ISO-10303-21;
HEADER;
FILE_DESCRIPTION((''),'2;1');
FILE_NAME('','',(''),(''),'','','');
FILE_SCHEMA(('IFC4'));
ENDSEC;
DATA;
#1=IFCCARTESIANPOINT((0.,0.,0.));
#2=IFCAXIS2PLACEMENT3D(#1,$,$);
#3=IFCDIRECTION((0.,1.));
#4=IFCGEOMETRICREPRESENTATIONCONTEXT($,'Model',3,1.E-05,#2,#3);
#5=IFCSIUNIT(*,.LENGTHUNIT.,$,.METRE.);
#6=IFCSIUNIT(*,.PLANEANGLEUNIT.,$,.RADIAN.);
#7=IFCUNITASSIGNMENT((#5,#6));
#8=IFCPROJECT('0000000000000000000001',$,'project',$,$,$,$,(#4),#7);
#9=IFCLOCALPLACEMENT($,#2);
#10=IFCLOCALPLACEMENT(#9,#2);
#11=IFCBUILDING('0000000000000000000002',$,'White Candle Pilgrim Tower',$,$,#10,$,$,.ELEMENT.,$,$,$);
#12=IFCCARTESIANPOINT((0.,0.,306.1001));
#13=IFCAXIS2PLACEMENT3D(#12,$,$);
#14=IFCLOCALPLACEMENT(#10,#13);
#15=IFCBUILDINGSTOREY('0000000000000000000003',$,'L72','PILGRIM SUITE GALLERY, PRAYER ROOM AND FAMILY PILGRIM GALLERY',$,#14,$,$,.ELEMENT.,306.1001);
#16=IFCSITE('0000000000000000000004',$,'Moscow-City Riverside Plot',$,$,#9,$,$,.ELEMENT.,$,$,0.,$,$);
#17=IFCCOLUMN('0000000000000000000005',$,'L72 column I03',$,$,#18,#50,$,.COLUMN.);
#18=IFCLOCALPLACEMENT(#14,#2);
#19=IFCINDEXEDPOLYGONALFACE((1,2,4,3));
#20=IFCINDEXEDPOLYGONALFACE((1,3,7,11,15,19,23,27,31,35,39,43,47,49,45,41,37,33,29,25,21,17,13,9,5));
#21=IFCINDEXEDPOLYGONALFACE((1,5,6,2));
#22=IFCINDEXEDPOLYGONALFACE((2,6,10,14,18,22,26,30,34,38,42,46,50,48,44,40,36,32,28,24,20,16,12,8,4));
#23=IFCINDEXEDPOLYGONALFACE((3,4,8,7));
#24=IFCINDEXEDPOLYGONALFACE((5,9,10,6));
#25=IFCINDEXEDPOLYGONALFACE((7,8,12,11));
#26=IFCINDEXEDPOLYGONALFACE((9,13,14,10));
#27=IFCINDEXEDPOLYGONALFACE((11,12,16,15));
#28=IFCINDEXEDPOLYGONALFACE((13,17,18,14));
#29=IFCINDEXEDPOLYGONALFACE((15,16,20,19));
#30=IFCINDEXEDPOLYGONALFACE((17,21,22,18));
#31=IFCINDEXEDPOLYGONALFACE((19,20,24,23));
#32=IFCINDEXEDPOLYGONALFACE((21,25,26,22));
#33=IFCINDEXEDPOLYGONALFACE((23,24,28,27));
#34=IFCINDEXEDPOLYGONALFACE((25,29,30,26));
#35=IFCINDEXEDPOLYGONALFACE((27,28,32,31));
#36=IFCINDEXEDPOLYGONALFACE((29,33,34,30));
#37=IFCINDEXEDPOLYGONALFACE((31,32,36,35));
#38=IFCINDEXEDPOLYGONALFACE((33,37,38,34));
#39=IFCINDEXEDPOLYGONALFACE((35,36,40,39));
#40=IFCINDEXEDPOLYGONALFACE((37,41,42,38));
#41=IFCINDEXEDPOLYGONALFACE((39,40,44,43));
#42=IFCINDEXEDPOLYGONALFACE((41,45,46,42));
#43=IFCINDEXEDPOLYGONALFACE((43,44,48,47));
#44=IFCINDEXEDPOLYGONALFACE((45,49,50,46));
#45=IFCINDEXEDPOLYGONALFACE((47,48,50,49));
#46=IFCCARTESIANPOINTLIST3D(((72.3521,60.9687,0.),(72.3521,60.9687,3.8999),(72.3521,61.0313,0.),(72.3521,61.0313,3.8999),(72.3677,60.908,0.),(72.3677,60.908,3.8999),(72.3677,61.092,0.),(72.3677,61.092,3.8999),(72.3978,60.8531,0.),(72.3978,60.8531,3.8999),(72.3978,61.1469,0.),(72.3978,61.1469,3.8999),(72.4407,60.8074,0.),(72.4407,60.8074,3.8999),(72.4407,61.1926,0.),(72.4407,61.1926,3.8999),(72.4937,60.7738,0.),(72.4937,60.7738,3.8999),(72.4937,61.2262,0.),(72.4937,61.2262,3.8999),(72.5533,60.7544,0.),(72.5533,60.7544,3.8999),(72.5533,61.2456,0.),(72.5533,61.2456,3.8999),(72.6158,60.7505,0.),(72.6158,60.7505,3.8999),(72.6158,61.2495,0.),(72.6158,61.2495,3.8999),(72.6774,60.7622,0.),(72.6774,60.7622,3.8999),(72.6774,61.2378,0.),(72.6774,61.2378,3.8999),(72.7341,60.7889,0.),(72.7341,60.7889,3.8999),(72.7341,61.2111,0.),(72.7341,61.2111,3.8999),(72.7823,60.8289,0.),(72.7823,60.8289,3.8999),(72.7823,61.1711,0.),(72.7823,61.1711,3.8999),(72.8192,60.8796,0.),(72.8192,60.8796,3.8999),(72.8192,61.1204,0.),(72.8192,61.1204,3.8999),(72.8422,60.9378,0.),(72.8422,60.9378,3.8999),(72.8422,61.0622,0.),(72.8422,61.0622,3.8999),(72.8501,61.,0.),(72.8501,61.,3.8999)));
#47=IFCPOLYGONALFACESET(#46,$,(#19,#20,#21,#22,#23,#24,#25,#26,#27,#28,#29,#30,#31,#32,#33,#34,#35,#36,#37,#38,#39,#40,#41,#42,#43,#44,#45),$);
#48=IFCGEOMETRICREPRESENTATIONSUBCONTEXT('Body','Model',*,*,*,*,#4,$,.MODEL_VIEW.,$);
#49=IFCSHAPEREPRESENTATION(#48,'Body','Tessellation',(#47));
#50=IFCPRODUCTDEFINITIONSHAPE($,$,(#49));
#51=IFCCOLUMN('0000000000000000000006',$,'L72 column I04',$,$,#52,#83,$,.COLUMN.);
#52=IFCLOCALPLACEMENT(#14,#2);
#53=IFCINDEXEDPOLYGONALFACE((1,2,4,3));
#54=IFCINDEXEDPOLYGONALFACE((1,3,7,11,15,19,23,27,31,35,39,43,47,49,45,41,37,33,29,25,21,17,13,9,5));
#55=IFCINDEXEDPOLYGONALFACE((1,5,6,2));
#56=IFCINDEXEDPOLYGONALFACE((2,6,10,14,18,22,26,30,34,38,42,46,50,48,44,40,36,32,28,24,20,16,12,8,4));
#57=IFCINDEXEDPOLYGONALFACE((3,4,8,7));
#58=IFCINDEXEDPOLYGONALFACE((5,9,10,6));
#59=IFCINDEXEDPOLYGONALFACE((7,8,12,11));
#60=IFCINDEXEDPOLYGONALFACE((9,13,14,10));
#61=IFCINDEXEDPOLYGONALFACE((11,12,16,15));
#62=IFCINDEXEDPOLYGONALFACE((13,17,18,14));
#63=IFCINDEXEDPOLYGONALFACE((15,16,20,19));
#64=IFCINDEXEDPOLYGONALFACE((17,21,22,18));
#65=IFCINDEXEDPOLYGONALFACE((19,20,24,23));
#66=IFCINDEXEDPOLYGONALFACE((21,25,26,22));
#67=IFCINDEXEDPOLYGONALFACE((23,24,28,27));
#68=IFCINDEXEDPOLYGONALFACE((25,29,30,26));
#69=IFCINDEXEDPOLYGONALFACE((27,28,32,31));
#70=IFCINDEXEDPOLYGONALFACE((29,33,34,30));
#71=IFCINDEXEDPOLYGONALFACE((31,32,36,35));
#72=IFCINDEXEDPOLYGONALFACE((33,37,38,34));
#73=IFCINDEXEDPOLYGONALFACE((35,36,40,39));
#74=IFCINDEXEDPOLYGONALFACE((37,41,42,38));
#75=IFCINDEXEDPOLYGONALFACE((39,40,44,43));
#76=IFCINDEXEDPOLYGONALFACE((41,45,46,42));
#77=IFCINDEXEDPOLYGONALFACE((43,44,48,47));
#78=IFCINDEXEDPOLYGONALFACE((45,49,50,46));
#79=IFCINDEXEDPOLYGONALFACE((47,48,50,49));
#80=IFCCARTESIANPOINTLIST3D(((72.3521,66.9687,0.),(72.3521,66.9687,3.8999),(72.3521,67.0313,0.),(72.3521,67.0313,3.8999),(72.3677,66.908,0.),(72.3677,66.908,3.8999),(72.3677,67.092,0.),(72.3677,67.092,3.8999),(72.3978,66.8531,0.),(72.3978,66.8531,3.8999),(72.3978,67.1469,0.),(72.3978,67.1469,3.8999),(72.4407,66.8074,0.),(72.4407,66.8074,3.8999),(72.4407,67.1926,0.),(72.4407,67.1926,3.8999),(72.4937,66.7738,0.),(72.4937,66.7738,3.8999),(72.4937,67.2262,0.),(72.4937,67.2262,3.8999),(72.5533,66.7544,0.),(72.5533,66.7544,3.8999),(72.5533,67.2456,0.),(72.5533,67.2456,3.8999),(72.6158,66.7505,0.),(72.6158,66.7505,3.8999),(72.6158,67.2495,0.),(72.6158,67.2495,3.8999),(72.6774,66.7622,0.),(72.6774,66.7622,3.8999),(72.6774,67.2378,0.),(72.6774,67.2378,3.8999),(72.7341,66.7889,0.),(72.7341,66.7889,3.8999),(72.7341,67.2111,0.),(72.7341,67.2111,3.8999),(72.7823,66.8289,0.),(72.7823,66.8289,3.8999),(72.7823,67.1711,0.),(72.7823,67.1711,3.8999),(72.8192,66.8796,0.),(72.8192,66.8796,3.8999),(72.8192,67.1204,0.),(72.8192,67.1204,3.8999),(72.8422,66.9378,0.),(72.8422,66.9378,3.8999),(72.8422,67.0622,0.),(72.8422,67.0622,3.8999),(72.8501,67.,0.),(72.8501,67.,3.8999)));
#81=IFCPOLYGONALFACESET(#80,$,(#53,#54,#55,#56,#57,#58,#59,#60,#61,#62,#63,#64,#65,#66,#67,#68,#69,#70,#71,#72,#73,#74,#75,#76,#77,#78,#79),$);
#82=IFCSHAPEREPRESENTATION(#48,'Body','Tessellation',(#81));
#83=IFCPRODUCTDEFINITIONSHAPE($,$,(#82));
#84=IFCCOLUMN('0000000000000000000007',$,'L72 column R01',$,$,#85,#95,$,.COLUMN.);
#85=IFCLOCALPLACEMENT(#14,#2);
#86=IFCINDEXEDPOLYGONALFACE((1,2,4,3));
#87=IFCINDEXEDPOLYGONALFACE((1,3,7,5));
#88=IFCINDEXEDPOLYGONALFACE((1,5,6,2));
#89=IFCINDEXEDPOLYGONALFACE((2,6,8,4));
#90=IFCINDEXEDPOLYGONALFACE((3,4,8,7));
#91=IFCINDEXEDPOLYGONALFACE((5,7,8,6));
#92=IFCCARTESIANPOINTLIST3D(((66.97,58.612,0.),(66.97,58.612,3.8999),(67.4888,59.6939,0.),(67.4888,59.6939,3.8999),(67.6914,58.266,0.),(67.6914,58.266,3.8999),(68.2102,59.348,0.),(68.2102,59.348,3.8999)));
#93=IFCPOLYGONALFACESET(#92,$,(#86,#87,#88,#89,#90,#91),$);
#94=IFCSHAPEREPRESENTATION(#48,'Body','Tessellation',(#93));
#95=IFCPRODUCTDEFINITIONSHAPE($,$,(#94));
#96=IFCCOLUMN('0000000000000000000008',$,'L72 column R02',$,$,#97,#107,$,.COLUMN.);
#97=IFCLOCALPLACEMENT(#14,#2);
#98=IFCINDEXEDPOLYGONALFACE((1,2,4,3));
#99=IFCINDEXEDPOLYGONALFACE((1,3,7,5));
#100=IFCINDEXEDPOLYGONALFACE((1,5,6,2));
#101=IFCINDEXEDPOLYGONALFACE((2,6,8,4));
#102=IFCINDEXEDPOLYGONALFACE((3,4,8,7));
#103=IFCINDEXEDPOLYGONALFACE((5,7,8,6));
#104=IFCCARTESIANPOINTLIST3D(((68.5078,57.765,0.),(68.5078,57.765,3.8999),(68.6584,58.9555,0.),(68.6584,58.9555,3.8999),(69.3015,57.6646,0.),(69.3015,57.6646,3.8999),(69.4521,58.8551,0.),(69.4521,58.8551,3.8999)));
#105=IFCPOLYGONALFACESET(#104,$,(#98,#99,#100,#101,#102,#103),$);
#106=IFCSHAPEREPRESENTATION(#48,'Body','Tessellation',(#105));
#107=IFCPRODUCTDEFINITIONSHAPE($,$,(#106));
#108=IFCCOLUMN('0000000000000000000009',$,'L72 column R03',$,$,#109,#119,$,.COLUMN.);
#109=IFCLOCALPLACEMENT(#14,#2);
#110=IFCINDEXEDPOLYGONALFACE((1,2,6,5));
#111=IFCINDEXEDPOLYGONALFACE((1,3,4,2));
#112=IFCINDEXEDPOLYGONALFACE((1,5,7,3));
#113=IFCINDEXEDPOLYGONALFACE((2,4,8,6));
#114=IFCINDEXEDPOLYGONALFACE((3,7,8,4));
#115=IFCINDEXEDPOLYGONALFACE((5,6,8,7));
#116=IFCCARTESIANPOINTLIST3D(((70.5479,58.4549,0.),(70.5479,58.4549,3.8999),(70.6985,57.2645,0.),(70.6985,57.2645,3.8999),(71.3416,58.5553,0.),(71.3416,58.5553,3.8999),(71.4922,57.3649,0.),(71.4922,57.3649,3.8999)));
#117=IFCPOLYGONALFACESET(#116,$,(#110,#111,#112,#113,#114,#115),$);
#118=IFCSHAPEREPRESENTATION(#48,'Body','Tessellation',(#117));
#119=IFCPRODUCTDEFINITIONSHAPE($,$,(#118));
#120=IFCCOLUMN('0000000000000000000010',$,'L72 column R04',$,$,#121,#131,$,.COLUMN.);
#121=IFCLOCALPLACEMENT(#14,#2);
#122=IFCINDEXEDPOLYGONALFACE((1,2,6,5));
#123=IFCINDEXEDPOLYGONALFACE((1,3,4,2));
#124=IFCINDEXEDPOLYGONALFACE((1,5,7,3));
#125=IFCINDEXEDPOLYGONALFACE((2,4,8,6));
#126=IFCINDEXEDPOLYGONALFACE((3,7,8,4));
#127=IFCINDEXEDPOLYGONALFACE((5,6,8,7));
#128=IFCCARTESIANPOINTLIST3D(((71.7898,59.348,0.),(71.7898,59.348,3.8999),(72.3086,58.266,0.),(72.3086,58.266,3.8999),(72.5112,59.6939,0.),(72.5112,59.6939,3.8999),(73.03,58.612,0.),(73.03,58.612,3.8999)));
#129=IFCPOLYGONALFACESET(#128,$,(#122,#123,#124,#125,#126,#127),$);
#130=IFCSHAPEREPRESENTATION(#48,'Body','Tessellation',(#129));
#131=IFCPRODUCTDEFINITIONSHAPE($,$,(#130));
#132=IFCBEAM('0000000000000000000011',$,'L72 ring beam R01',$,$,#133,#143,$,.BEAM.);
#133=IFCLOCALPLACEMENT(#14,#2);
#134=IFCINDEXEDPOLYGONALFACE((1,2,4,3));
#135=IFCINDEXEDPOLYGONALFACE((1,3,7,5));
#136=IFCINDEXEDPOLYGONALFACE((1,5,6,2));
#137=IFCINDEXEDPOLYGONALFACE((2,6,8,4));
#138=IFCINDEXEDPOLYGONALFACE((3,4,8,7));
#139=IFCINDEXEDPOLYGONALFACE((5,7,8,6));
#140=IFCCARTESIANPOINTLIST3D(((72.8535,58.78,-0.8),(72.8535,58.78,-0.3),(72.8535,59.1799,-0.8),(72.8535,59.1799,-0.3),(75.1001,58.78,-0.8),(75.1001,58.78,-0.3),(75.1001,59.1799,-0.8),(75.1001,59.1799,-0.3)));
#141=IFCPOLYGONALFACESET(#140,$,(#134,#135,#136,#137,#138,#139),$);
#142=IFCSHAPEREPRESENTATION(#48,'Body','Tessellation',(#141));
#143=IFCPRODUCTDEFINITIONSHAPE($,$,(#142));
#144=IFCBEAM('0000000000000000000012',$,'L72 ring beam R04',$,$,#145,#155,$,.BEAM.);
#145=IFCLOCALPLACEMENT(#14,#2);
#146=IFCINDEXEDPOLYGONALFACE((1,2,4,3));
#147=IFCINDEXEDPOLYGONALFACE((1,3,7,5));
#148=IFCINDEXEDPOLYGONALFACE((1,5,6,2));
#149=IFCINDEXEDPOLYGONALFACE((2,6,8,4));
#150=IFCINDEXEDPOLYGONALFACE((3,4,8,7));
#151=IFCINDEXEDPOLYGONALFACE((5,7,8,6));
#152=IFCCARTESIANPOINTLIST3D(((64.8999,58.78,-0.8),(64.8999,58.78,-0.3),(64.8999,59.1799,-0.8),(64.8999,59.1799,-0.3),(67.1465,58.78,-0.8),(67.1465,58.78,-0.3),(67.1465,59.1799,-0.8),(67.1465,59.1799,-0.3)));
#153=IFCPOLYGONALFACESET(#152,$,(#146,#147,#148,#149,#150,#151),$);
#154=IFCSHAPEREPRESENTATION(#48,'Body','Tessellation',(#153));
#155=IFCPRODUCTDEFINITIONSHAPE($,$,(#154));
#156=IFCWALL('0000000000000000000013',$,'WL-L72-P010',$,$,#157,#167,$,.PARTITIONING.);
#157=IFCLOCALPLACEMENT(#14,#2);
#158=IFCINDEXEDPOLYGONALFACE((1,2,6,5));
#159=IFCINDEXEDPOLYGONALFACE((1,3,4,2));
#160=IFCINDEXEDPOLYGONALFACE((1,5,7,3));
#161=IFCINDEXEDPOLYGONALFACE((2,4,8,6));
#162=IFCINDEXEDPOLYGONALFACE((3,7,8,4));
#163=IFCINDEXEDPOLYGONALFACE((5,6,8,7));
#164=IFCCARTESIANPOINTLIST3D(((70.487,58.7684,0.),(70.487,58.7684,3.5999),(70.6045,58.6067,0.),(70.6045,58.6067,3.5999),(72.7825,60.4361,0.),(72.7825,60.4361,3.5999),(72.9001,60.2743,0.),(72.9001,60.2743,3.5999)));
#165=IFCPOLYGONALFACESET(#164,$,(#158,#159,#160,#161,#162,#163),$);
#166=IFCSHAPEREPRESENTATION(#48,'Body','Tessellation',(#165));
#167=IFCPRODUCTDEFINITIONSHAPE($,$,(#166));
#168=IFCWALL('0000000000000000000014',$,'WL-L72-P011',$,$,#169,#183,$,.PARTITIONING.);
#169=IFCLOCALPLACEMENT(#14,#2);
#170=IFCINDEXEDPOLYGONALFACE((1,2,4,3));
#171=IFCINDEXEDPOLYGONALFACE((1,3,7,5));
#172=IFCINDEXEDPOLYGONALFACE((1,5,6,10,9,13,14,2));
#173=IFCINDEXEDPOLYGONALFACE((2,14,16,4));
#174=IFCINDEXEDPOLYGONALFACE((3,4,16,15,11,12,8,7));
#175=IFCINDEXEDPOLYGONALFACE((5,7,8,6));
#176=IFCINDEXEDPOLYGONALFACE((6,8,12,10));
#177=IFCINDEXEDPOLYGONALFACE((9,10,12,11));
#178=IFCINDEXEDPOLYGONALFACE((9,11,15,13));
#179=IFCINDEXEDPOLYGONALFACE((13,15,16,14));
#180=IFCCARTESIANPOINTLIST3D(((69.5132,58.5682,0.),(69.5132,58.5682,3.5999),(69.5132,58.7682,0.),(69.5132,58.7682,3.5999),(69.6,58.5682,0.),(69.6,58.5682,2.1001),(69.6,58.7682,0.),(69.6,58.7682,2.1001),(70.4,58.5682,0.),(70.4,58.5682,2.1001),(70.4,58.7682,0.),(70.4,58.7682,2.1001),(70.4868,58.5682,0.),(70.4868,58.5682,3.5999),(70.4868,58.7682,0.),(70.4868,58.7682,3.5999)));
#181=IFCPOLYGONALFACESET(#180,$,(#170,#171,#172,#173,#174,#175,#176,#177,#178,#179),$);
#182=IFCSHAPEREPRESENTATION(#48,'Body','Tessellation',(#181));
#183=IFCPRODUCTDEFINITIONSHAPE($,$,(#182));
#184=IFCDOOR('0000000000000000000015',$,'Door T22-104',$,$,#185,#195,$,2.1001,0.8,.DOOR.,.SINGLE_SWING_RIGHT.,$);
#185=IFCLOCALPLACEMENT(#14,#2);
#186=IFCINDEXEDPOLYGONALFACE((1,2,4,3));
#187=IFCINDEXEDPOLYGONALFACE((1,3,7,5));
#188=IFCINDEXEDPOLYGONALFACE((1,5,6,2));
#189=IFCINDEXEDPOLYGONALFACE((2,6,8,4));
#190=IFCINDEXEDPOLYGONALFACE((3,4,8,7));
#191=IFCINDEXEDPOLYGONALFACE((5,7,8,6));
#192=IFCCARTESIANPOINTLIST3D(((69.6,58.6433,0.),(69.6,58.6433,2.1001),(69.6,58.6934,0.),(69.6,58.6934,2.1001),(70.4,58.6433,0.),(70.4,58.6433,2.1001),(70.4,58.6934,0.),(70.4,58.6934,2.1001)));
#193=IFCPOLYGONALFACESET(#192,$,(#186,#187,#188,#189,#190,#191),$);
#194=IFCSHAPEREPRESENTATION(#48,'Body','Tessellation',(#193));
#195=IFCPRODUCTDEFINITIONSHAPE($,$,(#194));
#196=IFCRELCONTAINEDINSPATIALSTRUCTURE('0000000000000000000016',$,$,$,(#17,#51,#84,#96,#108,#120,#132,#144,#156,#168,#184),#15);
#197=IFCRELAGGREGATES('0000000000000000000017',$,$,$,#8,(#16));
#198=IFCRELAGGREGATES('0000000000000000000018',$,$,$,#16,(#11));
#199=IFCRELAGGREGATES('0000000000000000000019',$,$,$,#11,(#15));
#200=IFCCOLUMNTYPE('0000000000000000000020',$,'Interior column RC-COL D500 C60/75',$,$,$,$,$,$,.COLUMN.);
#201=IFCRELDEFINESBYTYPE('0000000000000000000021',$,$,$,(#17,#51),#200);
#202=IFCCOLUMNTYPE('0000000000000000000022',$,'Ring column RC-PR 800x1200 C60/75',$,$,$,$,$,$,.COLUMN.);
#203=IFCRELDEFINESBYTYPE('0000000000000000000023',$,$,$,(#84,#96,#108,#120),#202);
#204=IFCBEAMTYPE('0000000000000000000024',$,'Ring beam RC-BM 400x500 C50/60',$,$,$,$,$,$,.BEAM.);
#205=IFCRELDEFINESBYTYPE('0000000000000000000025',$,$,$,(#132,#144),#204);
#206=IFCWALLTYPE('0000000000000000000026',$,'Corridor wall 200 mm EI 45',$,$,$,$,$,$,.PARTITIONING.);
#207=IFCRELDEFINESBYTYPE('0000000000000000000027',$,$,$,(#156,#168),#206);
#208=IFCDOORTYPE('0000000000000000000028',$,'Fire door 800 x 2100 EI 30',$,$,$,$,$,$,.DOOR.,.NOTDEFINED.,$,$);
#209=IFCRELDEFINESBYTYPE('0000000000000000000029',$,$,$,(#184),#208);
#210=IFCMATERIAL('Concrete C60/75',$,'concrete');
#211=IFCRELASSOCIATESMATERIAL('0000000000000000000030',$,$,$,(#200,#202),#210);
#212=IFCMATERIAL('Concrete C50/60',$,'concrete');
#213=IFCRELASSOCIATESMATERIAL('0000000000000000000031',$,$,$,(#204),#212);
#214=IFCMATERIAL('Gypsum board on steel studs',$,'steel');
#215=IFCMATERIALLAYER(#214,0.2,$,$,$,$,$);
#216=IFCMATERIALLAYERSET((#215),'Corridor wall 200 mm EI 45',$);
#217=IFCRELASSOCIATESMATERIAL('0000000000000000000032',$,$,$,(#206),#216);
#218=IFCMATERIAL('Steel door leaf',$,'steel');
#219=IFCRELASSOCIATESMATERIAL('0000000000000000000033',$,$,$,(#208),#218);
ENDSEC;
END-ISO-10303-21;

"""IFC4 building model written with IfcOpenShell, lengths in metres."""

from ifc_helpers import new_model, si_unit, direction, frame, frame_2d, origin, origin_2d, place, context, subcontext, project, spatial, rectangle, circle, extrude, material, layer, layer_set, material_profile, profile_set, type_object, element, fill, save


model = new_model("IFC4")

# Units and contexts
model_context = context("Model", 3, precision=1e-05, world=origin(), true_north=direction((0.0, 1.0)))
body_context = subcontext(model_context, "Body", "Model", "MODEL_VIEW")
ifc_project = project(units=[si_unit("LENGTHUNIT", "METRE"), si_unit("PLANEANGLEUNIT", "RADIAN")], contexts=[model_context])

# Site, building, storey
site_placement = place(None, origin())
site = spatial("IfcSite", under=ifc_project, at=site_placement, Name="Moscow-City Riverside Plot", CompositionType="ELEMENT", RefElevation=0.0)
building_placement = place(site_placement, origin())
building = spatial("IfcBuilding", under=site, at=building_placement, Name="White Candle Pilgrim Tower", CompositionType="ELEMENT")
storey_placement = place(building_placement, frame((0.0, 0.0, 306.1001)))
storey = spatial("IfcBuildingStorey", under=building, at=storey_placement, Name="L72", Description="PILGRIM SUITE GALLERY, PRAYER ROOM AND FAMILY PILGRIM GALLERY", CompositionType="ELEMENT", Elevation=306.1001)

# Columns
ifc_material_1 = material(Name="Concrete C60/75", Category="concrete")
ifc_material_profile_1 = material_profile(ifc_material_1, circle(Radius=0.25, at=origin_2d()), Name="RC-COL D500")
ifc_profile_set_1 = profile_set([ifc_material_profile_1], Name="Concrete C60/75")
column_type_1 = type_object("IfcColumnType", Name="Interior column RC-COL D500 C60/75", PredefinedType="COLUMN", material=ifc_profile_set_1)
for number, where, z_axis, x_axis, name in (
    (1, (72.6001, 61.0, 0.0), (0.0, 0.0, 1.0), (1.0, 0.0, 0.0), "L72 column I03"),
    (2, (72.6001, 67.0, 0.0), (0.0, 0.0, 1.0), (1.0, 0.0, 0.0), "L72 column I04"),
):
    element("IfcColumn", number, at=place(storey_placement, frame(where, z_axis=z_axis, x_axis=x_axis)), inside=storey, type_object=column_type_1, Name=name, PredefinedType="COLUMN", context=body_context, shape_type="SweptSolid", body=[
        extrude(circle(Radius=0.25, at=origin_2d()), origin(), (0.0, 0.0, 1.0), 3.8999),
    ])
ifc_material_profile_2 = material_profile(ifc_material_1, rectangle(XDim=0.8, YDim=1.2, at=origin_2d()), Name="RC-PR 800x1200")
ifc_profile_set_2 = profile_set([ifc_material_profile_2], Name="Concrete C60/75")
column_type_2 = type_object("IfcColumnType", Name="Ring column RC-PR 800x1200 C60/75", PredefinedType="COLUMN", material=ifc_profile_set_2)
for number, where, z_axis, x_axis, name in (
    (3, (67.5901, 58.98, 0.0), (0.0, 0.0, 1.0), (-0.901689, 0.432385, 0.0), "L72 column R01"),
    (4, (68.98, 58.3101, 0.0), (0.0, 0.0, 1.0), (-0.992093, 0.125506, 0.0), "L72 column R02"),
    (5, (71.02, 57.9099, 0.0), (0.0, 0.0, 1.0), (-0.992093, -0.125506, 0.0), "L72 column R03"),
    (6, (72.4099, 58.98, 0.0), (0.0, 0.0, 1.0), (-0.901689, -0.432385, 0.0), "L72 column R04"),
):
    element("IfcColumn", number, at=place(storey_placement, frame(where, z_axis=z_axis, x_axis=x_axis)), inside=storey, type_object=column_type_2, Name=name, PredefinedType="COLUMN", context=body_context, shape_type="SweptSolid", body=[
        extrude(rectangle(XDim=0.8, YDim=1.2, at=origin_2d()), origin(), (0.0, 0.0, 1.0), 3.8999),
    ])

# Beams
ifc_material_2 = material(Name="Concrete C50/60", Category="concrete")
ifc_material_profile_3 = material_profile(ifc_material_2, rectangle(XDim=0.3999, YDim=0.5, at=origin_2d()), Name="RC-BM 400x500")
ifc_profile_set_3 = profile_set([ifc_material_profile_3], Name="Concrete C50/60")
beam_type = type_object("IfcBeamType", Name="Ring beam RC-BM 400x500 C50/60", PredefinedType="BEAM", material=ifc_profile_set_3)
for number, where, z_axis, x_axis, name in (
    (7, (72.8535, 58.98, -0.55), (1.0, 0.0, 0.0), (0.0, 1.0, 0.0), "L72 ring beam R01"),
    (8, (67.1465, 58.98, -0.55), (-1.0, 0.0, 0.0), (0.0, -1.0, 0.0), "L72 ring beam R04"),
):
    element("IfcBeam", number, at=place(storey_placement, frame(where, z_axis=z_axis, x_axis=x_axis)), inside=storey, type_object=beam_type, Name=name, PredefinedType="BEAM", context=body_context, shape_type="SweptSolid", body=[
        extrude(rectangle(XDim=0.3999, YDim=0.5, at=origin_2d()), origin(), (0.0, 0.0, 1.0), 2.2466),
    ])

# Wall
ifc_material_3 = material(Name="Gypsum board on steel studs", Category="steel")
ifc_layer_1 = layer(ifc_material_3, 0.2)
ifc_layer_set_1 = layer_set([ifc_layer_1], Name="Corridor wall 200 mm EI 45")
wall_type_1 = type_object("IfcWallType", Name="Corridor wall 200 mm EI 45", PredefinedType="PARTITIONING", material=ifc_layer_set_1)
wall_1_placement = place(storey_placement, frame((72.8413, 60.3552, 0.0), z_axis=(0.0, 0.0, 1.0), x_axis=(-0.809045, -0.587747, 0.0)))
element("IfcWall", 9, at=wall_1_placement, inside=storey, type_object=wall_type_1, Name="WL-L72-P010", PredefinedType="PARTITIONING", context=body_context, shape_type="SweptSolid", body=[
    extrude(rectangle(XDim=2.8374, YDim=0.2, at=frame_2d((1.4187, 0.0))), origin(), (0.0, 0.0, 1.0), 3.5999),
])

# Wall, opening, door
wall_2_placement = place(storey_placement, frame((70.4868, 58.6682, 0.0), z_axis=(0.0, 0.0, 1.0), x_axis=(-1.0, 0.0, 0.0)))
wall_2 = element("IfcWall", 10, at=wall_2_placement, inside=storey, type_object=wall_type_1, Name="WL-L72-P011", PredefinedType="PARTITIONING", context=body_context, shape_type="SweptSolid", body=[
    extrude(rectangle(XDim=0.9736, YDim=0.2, at=frame_2d((0.4868, 0.0))), origin(), (0.0, 0.0, 1.0), 3.5999),
])
opening_1_placement = place(wall_2_placement, frame((0.0869, 0.0, 0.0)))
opening_1 = element("IfcOpeningElement", 11, at=opening_1_placement, cuts=wall_2, PredefinedType="OPENING", context=body_context, shape_type="SweptSolid", body=[
    extrude(rectangle(XDim=0.8, YDim=2.1001, at=frame_2d((0.3999, 1.05))), frame((0.0, 0.1099, 0.0), z_axis=(0.0, -1.0, 0.0), x_axis=(1.0, 0.0, 0.0)), (0.0, 0.0, 1.0), 0.22),
])
ifc_material_4 = material(Name="Steel door leaf", Category="steel")
door_type_1 = type_object("IfcDoorType", Name="Fire door 800 x 2100 EI 30", OperationType="NOTDEFINED", PredefinedType="DOOR", material=ifc_material_4)
door_1_placement = place(opening_1_placement, origin())
door_1 = element("IfcDoor", 12, at=door_1_placement, inside=storey, type_object=door_type_1, Name="Door T22-104", OperationType="SINGLE_SWING_RIGHT", OverallHeight=2.1001, OverallWidth=0.8, PredefinedType="DOOR", context=body_context, shape_type="SweptSolid", body=[
    extrude(rectangle(XDim=0.8, YDim=2.1001, at=frame_2d((0.3999, 1.05))), frame((0.0, 0.0249, 0.0), z_axis=(0.0, -1.0, 0.0), x_axis=(1.0, 0.0, 0.0)), (0.0, 0.0, 1.0), 0.05),
])
fill(opening_1, door_1)

save(model, "model.ifc")
